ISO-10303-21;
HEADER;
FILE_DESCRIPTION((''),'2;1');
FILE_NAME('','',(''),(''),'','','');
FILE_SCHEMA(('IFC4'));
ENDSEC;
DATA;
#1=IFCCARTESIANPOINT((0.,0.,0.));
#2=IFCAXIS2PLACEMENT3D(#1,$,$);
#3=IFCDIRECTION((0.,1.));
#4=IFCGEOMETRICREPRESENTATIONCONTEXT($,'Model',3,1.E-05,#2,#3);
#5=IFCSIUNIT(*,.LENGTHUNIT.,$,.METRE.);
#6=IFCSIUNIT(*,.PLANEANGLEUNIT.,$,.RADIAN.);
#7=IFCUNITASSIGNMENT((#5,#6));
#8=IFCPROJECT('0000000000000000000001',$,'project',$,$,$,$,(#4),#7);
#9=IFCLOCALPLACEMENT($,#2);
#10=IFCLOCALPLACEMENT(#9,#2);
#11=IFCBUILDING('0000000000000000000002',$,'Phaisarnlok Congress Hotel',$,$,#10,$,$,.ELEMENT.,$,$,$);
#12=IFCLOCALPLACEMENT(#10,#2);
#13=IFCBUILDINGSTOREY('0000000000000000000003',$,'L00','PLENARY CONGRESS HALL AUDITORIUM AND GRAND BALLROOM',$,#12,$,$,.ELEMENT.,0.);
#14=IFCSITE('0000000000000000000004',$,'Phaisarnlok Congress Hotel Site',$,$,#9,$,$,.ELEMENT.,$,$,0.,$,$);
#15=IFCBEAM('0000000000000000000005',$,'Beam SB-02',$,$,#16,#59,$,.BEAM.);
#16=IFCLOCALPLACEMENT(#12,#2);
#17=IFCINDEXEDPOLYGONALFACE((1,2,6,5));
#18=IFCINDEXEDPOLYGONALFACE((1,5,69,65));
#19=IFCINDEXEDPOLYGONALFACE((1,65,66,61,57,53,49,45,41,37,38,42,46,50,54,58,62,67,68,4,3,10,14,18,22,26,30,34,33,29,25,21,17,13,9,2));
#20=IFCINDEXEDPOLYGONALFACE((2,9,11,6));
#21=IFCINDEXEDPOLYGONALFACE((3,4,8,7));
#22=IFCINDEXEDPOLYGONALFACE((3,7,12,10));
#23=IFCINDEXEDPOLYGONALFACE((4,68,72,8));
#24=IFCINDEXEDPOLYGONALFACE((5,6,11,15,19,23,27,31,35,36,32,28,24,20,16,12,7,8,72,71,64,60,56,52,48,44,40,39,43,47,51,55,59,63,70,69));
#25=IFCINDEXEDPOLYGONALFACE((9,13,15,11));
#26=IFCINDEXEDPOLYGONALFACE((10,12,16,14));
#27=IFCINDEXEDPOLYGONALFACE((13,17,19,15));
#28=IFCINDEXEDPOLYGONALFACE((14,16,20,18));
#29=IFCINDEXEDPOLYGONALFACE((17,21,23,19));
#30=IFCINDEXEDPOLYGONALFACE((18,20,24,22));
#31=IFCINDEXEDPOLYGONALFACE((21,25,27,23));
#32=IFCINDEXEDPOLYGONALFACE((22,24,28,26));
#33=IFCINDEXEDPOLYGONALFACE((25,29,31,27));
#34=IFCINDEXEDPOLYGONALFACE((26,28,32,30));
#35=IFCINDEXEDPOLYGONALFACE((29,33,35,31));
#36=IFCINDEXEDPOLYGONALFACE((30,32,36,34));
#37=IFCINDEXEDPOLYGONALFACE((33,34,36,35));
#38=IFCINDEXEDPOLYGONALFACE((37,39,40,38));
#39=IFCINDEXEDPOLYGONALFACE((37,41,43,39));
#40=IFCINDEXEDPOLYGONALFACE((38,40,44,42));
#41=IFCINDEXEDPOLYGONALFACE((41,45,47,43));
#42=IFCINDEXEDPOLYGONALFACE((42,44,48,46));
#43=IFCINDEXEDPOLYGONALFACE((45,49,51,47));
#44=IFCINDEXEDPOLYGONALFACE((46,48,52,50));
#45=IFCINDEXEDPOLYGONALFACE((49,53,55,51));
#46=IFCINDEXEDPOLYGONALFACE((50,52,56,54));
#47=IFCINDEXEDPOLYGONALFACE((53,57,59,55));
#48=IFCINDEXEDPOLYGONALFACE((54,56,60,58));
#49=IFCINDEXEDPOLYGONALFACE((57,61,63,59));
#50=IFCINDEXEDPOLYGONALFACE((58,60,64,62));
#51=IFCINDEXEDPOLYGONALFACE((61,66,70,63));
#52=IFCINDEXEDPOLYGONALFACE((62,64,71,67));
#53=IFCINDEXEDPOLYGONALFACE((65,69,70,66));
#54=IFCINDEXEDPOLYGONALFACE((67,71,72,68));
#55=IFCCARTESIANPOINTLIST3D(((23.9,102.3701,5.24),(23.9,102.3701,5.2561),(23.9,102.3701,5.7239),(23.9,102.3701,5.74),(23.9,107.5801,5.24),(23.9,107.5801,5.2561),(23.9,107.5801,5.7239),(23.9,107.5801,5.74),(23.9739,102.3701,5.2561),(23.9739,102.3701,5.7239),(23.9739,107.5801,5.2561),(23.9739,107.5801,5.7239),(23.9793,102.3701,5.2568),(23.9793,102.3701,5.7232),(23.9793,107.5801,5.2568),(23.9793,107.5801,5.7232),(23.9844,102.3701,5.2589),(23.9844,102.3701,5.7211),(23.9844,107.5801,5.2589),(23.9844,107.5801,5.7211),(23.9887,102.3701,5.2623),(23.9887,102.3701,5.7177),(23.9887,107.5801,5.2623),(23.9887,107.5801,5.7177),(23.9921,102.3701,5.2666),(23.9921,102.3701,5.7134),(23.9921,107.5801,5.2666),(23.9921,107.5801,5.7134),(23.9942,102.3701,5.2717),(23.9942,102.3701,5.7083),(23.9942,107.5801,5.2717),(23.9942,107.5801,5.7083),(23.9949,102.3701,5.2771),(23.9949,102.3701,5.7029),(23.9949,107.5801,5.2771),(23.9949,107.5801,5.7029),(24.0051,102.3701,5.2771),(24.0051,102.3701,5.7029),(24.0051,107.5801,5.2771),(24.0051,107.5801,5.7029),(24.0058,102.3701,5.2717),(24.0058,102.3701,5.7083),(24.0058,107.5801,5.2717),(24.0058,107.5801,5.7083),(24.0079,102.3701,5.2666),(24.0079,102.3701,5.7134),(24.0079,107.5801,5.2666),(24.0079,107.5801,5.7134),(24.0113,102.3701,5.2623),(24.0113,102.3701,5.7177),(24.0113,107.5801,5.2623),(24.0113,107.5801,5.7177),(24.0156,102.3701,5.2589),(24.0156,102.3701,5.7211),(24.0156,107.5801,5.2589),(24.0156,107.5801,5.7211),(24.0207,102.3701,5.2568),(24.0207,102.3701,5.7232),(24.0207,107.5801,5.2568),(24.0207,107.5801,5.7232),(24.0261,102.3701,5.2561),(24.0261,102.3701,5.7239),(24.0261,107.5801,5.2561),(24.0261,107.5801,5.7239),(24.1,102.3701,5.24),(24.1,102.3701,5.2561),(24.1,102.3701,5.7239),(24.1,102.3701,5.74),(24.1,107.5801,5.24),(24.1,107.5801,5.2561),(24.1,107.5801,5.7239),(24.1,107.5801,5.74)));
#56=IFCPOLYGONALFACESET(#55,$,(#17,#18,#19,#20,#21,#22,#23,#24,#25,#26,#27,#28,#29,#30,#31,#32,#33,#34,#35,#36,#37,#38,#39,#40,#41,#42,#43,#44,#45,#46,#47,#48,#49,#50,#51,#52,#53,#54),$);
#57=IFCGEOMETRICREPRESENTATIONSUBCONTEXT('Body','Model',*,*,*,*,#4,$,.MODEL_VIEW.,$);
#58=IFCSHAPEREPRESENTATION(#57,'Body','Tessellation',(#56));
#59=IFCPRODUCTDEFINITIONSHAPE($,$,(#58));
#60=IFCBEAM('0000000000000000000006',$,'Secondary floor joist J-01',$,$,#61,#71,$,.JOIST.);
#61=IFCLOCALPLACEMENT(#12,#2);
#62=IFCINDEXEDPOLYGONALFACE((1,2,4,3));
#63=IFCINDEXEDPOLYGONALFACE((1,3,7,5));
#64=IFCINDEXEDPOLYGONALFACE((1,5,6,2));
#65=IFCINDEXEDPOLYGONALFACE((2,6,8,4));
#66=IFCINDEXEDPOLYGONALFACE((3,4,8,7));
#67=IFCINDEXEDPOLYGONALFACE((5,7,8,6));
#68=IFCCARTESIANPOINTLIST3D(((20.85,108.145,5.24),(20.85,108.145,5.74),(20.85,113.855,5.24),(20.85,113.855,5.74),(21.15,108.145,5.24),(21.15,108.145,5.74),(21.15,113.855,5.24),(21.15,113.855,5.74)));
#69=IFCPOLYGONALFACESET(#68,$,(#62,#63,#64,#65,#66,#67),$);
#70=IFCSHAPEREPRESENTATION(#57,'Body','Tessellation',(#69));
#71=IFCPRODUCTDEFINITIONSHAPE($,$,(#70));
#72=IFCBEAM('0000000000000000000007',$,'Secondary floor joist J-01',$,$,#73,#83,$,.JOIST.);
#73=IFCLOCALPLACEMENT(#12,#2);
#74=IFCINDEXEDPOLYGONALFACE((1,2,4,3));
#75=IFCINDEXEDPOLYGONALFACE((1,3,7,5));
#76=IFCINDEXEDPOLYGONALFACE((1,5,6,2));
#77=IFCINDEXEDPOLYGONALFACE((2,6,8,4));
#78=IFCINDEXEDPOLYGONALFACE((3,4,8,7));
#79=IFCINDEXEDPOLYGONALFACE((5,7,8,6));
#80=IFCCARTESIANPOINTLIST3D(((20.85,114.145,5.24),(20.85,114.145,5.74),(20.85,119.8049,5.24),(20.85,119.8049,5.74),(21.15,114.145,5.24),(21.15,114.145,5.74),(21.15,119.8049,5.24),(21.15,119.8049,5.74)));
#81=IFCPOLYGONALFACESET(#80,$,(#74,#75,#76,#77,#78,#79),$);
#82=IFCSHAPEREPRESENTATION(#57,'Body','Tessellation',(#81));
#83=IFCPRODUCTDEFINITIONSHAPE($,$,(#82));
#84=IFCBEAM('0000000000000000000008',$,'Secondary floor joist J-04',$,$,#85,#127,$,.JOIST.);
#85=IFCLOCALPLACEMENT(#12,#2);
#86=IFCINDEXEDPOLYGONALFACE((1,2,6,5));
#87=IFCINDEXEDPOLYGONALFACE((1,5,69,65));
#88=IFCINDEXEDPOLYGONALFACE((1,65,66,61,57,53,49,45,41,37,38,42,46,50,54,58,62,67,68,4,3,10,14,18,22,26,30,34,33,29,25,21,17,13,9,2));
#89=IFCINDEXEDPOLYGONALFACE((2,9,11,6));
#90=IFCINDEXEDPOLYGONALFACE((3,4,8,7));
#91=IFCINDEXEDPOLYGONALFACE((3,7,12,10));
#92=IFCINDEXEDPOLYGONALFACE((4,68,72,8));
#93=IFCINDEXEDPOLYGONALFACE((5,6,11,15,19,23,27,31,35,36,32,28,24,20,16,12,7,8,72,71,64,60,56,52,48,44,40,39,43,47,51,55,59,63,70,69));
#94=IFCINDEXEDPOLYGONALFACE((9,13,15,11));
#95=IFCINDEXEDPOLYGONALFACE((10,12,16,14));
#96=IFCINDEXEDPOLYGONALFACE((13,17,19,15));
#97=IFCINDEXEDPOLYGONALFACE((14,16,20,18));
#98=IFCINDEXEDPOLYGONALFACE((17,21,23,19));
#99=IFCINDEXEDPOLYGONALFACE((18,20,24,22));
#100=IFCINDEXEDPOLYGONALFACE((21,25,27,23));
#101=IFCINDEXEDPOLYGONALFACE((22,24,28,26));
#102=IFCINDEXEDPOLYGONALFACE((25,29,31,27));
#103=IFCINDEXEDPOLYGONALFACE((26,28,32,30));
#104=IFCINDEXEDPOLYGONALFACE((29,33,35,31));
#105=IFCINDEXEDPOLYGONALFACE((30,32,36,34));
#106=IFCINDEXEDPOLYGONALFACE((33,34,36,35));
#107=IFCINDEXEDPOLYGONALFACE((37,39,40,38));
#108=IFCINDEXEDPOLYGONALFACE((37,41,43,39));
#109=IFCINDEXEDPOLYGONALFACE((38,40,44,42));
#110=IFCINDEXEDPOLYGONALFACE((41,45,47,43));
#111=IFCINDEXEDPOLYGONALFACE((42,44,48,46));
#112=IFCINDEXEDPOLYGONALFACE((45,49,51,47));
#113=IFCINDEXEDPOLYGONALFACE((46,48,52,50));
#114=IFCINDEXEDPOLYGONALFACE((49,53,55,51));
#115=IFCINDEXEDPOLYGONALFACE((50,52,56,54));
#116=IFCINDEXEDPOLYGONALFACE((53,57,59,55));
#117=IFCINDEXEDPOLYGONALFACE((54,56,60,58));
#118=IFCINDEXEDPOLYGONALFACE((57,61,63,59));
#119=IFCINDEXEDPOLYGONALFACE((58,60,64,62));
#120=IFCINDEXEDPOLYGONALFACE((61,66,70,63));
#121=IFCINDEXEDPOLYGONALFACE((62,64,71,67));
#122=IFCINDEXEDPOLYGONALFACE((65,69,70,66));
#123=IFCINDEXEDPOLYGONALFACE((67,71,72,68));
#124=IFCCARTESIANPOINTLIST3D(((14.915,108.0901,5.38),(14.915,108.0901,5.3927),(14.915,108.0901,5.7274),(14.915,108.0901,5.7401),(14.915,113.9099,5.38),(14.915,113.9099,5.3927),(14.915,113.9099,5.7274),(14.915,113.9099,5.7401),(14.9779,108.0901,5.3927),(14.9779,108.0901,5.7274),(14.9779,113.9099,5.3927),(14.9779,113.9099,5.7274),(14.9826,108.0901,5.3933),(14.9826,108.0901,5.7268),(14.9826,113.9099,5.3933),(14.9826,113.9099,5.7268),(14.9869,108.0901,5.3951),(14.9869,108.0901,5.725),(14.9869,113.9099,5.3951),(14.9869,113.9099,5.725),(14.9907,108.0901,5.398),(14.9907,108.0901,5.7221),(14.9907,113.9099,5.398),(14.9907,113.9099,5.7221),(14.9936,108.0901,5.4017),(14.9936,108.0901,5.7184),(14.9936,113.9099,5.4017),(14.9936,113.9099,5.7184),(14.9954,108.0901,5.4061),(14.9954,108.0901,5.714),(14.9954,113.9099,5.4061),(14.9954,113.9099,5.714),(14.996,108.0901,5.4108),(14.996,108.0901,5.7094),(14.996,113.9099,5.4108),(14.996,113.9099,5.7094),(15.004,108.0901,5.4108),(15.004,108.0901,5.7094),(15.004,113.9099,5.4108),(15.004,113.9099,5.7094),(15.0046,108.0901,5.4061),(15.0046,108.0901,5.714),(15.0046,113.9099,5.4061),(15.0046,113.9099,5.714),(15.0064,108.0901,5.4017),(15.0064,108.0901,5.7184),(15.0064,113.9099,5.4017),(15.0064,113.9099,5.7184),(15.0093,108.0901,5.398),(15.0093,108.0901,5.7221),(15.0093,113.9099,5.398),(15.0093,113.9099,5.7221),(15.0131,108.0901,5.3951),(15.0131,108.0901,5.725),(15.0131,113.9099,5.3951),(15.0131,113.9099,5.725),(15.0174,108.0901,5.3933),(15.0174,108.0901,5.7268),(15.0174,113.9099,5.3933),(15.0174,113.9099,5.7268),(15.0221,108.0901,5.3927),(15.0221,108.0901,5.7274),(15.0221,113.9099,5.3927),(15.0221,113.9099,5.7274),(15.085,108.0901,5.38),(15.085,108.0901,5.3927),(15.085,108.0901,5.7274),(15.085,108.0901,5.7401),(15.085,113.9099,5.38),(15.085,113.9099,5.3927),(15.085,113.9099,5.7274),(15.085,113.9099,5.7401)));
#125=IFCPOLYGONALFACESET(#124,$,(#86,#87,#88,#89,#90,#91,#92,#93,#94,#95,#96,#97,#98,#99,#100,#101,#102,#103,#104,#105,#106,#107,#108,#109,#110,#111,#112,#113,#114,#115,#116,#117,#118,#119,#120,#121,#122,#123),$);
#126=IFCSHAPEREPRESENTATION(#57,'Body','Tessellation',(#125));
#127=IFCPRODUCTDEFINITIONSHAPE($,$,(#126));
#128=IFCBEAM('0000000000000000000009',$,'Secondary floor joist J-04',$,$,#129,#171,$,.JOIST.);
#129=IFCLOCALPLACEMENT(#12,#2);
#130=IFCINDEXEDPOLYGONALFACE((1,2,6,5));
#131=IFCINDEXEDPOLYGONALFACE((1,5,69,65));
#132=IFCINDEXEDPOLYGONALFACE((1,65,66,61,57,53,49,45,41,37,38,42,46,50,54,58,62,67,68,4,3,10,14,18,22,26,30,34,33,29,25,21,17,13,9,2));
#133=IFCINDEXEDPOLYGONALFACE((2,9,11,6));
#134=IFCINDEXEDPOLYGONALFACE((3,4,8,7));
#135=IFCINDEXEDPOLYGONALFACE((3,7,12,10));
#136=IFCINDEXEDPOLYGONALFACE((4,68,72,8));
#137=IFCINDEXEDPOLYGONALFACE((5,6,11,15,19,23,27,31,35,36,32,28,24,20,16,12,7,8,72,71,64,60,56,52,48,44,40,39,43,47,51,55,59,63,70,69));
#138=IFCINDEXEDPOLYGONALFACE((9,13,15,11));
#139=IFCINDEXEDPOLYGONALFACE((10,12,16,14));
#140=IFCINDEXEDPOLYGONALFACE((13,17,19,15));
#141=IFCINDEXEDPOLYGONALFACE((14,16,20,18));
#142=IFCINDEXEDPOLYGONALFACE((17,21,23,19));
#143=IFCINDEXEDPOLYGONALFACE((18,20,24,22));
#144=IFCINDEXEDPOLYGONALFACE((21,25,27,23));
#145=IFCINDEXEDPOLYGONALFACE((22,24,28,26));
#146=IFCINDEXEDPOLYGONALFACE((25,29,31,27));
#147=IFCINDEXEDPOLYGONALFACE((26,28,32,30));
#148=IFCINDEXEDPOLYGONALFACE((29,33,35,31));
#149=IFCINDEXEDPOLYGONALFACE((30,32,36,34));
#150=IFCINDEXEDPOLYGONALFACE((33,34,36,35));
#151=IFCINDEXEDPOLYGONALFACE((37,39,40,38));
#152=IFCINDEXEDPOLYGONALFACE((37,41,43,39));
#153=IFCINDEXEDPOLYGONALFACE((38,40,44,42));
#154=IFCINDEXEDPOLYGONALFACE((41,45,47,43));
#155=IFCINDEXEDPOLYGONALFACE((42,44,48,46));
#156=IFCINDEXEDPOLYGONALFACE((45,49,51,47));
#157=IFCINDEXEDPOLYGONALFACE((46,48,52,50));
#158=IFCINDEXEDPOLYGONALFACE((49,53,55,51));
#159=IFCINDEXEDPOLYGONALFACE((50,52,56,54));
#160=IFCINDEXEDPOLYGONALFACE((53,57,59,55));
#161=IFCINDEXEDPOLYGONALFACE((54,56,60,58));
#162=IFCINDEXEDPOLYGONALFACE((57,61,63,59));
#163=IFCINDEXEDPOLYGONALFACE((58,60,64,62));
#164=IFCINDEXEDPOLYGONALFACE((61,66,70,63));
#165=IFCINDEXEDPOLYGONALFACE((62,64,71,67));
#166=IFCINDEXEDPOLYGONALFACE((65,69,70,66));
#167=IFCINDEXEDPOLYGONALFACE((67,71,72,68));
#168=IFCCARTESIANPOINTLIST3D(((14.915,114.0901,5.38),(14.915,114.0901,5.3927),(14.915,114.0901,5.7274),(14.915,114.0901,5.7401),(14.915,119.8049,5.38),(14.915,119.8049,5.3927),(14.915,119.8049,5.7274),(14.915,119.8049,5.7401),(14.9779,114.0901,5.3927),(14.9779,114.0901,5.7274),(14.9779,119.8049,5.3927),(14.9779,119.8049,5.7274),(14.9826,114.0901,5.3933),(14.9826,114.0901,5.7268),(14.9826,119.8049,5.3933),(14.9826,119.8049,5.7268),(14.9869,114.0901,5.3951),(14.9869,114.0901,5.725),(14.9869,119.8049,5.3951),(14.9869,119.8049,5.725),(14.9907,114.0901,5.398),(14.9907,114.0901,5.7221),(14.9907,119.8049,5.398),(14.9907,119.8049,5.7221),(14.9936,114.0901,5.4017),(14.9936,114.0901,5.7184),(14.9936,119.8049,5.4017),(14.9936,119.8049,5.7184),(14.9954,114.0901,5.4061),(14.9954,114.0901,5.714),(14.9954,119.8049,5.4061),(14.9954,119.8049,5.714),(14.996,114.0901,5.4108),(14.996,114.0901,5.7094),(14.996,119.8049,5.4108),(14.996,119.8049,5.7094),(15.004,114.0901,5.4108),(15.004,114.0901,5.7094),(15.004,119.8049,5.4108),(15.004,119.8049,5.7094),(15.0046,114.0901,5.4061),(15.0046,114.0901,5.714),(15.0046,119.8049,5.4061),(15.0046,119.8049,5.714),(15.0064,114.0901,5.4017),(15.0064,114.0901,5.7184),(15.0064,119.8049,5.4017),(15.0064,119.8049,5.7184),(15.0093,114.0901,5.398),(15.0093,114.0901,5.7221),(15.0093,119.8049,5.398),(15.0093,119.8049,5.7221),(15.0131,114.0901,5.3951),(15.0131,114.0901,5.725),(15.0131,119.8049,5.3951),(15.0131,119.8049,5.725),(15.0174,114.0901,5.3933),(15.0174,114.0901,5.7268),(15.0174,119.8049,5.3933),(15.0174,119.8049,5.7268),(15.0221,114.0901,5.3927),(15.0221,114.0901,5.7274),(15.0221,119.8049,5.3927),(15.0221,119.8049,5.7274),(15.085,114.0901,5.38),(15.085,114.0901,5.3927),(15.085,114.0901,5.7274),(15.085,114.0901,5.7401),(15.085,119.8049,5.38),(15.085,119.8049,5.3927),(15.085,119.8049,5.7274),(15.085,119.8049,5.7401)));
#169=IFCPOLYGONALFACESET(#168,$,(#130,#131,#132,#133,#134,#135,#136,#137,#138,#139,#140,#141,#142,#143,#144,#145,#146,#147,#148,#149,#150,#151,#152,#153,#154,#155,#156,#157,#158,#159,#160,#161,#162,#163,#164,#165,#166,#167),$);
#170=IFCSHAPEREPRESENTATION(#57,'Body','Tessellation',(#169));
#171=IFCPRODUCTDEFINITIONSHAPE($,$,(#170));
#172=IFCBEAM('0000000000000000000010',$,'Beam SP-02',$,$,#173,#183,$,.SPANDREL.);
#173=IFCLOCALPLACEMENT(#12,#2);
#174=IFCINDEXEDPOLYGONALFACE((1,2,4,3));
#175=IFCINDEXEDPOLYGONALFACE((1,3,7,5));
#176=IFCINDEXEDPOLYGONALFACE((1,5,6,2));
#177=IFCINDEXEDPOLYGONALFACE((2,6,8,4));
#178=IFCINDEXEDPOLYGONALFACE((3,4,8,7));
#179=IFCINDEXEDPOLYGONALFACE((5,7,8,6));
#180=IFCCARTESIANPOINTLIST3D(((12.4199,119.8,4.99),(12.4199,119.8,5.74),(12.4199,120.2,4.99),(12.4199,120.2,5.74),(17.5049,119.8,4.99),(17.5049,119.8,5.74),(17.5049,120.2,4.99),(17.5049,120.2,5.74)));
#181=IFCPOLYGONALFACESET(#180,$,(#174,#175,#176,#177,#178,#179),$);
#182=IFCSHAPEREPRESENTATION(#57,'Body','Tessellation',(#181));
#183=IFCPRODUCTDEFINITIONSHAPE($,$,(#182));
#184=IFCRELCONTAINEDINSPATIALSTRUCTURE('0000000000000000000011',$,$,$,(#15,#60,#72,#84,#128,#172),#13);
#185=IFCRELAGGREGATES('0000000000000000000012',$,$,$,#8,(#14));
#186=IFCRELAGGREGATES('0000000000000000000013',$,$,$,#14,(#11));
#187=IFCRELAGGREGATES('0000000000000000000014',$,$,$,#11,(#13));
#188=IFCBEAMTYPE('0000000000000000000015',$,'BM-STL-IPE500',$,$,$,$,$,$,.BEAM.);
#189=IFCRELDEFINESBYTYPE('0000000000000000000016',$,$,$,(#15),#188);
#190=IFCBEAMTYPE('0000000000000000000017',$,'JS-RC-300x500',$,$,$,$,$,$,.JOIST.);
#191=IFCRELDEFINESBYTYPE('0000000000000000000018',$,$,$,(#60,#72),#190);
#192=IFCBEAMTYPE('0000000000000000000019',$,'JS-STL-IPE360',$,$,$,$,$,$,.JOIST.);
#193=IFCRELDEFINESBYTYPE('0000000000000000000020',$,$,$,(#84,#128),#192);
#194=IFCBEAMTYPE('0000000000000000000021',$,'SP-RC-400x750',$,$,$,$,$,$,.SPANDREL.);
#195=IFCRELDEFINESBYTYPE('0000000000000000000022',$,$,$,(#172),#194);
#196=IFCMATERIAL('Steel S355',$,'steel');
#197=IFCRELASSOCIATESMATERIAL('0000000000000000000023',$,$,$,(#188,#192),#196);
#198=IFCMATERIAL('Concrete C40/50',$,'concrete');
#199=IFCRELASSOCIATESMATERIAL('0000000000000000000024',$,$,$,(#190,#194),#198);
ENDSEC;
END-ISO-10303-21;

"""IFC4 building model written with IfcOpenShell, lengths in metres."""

from ifc_helpers import new_model, si_unit, direction, frame, origin, origin_2d, place, context, subcontext, project, spatial, rectangle, i_section, extrude, material, material_profile, profile_set, type_object, element, save


model = new_model("IFC4")

# Units and contexts
model_context = context("Model", 3, precision=1e-05, world=origin(), true_north=direction((0.0, 1.0)))
body_context = subcontext(model_context, "Body", "Model", "MODEL_VIEW")
ifc_project = project(units=[si_unit("LENGTHUNIT", "METRE"), si_unit("PLANEANGLEUNIT", "RADIAN")], contexts=[model_context])

# Site, building, storey
site_placement = place(None, origin())
site = spatial("IfcSite", under=ifc_project, at=site_placement, Name="Phaisarnlok Congress Hotel Site", CompositionType="ELEMENT", RefElevation=0.0)
building_placement = place(site_placement, origin())
building = spatial("IfcBuilding", under=site, at=building_placement, Name="Phaisarnlok Congress Hotel", CompositionType="ELEMENT")
storey_placement = place(building_placement, origin())
storey = spatial("IfcBuildingStorey", under=building, at=storey_placement, Name="L00", Description="PLENARY CONGRESS HALL AUDITORIUM AND GRAND BALLROOM", CompositionType="ELEMENT", Elevation=0.0)

# Shared definitions
ifc_material_1 = material(Name="Steel S355", Category="steel")

# Beams
ifc_material_2 = material(Name="Concrete C40/50", Category="concrete")
ifc_material_profile_1 = material_profile(ifc_material_1, i_section(OverallWidth=0.2, OverallDepth=0.5, WebThickness=0.0103, FlangeThickness=0.0161, FilletRadius=0.021, at=origin_2d()), Name="IPE 500")
ifc_profile_set_1 = profile_set([ifc_material_profile_1], Name="Steel S355")
beam_type_1 = type_object("IfcBeamType", Name="BM-STL-IPE500", PredefinedType="BEAM", material=ifc_profile_set_1)
beam_1_placement = place(storey_placement, frame((24.0, 102.3701, 5.49), z_axis=(0.0, 1.0, 0.0), x_axis=(-1.0, 0.0, 0.0)))
element("IfcBeam", 1, at=beam_1_placement, inside=storey, type_object=beam_type_1, Name="Beam SB-02", PredefinedType="BEAM", context=body_context, shape_type="SweptSolid", body=[
    extrude(i_section(OverallWidth=0.2, OverallDepth=0.5, WebThickness=0.0103, FlangeThickness=0.0161, FilletRadius=0.021, at=origin_2d()), origin(), (0.0, 0.0, 1.0), 5.21),
])
ifc_material_profile_2 = material_profile(ifc_material_2, rectangle(XDim=0.3, YDim=0.5, at=origin_2d()), Name="RC 300x500")
ifc_profile_set_2 = profile_set([ifc_material_profile_2], Name="Concrete C40/50")
beam_type_2 = type_object("IfcBeamType", Name="JS-RC-300x500", PredefinedType="JOIST", material=ifc_profile_set_2)
beam_2_placement = place(storey_placement, frame((21.0, 108.145, 5.49), z_axis=(0.0, 1.0, 0.0), x_axis=(-1.0, 0.0, 0.0)))
element("IfcBeam", 2, at=beam_2_placement, inside=storey, type_object=beam_type_2, Name="Secondary floor joist J-01", PredefinedType="JOIST", context=body_context, shape_type="SweptSolid", body=[
    extrude(rectangle(XDim=0.3, YDim=0.5, at=origin_2d()), origin(), (0.0, 0.0, 1.0), 5.71),
])
beam_3_placement = place(storey_placement, frame((21.0, 114.145, 5.49), z_axis=(0.0, 1.0, 0.0), x_axis=(-1.0, 0.0, 0.0)))
element("IfcBeam", 3, at=beam_3_placement, inside=storey, type_object=beam_type_2, Name="Secondary floor joist J-01", PredefinedType="JOIST", context=body_context, shape_type="SweptSolid", body=[
    extrude(rectangle(XDim=0.3, YDim=0.5, at=origin_2d()), origin(), (0.0, 0.0, 1.0), 5.6599),
])
ifc_material_profile_3 = material_profile(ifc_material_1, i_section(OverallWidth=0.1699, OverallDepth=0.3601, WebThickness=0.0081, FlangeThickness=0.0127, FilletRadius=0.0181, at=origin_2d()), Name="IPE 360")
ifc_profile_set_3 = profile_set([ifc_material_profile_3], Name="Steel S355")
beam_type_3 = type_object("IfcBeamType", Name="JS-STL-IPE360", PredefinedType="JOIST", material=ifc_profile_set_3)
beam_4_placement = place(storey_placement, frame((15.0, 108.0901, 5.5601), z_axis=(0.0, 1.0, 0.0), x_axis=(-1.0, 0.0, 0.0)))
element("IfcBeam", 4, at=beam_4_placement, inside=storey, type_object=beam_type_3, Name="Secondary floor joist J-04", PredefinedType="JOIST", context=body_context, shape_type="SweptSolid", body=[
    extrude(i_section(OverallWidth=0.1699, OverallDepth=0.3601, WebThickness=0.0081, FlangeThickness=0.0127, FilletRadius=0.0181, at=origin_2d()), origin(), (0.0, 0.0, 1.0), 5.8198),
])
beam_5_placement = place(storey_placement, frame((15.0, 114.0901, 5.5601), z_axis=(0.0, 1.0, 0.0), x_axis=(-1.0, 0.0, 0.0)))
element("IfcBeam", 5, at=beam_5_placement, inside=storey, type_object=beam_type_3, Name="Secondary floor joist J-04", PredefinedType="JOIST", context=body_context, shape_type="SweptSolid", body=[
    extrude(i_section(OverallWidth=0.1699, OverallDepth=0.3601, WebThickness=0.0081, FlangeThickness=0.0127, FilletRadius=0.0181, at=origin_2d()), origin(), (0.0, 0.0, 1.0), 5.7148),
])
ifc_material_profile_4 = material_profile(ifc_material_2, rectangle(XDim=0.3999, YDim=0.75, at=origin_2d()), Name="RC 400x750")
ifc_profile_set_4 = profile_set([ifc_material_profile_4], Name="Concrete C40/50")
beam_type_4 = type_object("IfcBeamType", Name="SP-RC-400x750", PredefinedType="SPANDREL", material=ifc_profile_set_4)
beam_6_placement = place(storey_placement, frame((12.4199, 120.0, 5.365), z_axis=(1.0, 0.0, 0.0), x_axis=(0.0, 1.0, 0.0)))
element("IfcBeam", 6, at=beam_6_placement, inside=storey, type_object=beam_type_4, Name="Beam SP-02", PredefinedType="SPANDREL", context=body_context, shape_type="SweptSolid", body=[
    extrude(rectangle(XDim=0.3999, YDim=0.75, at=origin_2d()), origin(), (0.0, 0.0, 1.0), 5.085),
])

save(model, "model.ifc")
